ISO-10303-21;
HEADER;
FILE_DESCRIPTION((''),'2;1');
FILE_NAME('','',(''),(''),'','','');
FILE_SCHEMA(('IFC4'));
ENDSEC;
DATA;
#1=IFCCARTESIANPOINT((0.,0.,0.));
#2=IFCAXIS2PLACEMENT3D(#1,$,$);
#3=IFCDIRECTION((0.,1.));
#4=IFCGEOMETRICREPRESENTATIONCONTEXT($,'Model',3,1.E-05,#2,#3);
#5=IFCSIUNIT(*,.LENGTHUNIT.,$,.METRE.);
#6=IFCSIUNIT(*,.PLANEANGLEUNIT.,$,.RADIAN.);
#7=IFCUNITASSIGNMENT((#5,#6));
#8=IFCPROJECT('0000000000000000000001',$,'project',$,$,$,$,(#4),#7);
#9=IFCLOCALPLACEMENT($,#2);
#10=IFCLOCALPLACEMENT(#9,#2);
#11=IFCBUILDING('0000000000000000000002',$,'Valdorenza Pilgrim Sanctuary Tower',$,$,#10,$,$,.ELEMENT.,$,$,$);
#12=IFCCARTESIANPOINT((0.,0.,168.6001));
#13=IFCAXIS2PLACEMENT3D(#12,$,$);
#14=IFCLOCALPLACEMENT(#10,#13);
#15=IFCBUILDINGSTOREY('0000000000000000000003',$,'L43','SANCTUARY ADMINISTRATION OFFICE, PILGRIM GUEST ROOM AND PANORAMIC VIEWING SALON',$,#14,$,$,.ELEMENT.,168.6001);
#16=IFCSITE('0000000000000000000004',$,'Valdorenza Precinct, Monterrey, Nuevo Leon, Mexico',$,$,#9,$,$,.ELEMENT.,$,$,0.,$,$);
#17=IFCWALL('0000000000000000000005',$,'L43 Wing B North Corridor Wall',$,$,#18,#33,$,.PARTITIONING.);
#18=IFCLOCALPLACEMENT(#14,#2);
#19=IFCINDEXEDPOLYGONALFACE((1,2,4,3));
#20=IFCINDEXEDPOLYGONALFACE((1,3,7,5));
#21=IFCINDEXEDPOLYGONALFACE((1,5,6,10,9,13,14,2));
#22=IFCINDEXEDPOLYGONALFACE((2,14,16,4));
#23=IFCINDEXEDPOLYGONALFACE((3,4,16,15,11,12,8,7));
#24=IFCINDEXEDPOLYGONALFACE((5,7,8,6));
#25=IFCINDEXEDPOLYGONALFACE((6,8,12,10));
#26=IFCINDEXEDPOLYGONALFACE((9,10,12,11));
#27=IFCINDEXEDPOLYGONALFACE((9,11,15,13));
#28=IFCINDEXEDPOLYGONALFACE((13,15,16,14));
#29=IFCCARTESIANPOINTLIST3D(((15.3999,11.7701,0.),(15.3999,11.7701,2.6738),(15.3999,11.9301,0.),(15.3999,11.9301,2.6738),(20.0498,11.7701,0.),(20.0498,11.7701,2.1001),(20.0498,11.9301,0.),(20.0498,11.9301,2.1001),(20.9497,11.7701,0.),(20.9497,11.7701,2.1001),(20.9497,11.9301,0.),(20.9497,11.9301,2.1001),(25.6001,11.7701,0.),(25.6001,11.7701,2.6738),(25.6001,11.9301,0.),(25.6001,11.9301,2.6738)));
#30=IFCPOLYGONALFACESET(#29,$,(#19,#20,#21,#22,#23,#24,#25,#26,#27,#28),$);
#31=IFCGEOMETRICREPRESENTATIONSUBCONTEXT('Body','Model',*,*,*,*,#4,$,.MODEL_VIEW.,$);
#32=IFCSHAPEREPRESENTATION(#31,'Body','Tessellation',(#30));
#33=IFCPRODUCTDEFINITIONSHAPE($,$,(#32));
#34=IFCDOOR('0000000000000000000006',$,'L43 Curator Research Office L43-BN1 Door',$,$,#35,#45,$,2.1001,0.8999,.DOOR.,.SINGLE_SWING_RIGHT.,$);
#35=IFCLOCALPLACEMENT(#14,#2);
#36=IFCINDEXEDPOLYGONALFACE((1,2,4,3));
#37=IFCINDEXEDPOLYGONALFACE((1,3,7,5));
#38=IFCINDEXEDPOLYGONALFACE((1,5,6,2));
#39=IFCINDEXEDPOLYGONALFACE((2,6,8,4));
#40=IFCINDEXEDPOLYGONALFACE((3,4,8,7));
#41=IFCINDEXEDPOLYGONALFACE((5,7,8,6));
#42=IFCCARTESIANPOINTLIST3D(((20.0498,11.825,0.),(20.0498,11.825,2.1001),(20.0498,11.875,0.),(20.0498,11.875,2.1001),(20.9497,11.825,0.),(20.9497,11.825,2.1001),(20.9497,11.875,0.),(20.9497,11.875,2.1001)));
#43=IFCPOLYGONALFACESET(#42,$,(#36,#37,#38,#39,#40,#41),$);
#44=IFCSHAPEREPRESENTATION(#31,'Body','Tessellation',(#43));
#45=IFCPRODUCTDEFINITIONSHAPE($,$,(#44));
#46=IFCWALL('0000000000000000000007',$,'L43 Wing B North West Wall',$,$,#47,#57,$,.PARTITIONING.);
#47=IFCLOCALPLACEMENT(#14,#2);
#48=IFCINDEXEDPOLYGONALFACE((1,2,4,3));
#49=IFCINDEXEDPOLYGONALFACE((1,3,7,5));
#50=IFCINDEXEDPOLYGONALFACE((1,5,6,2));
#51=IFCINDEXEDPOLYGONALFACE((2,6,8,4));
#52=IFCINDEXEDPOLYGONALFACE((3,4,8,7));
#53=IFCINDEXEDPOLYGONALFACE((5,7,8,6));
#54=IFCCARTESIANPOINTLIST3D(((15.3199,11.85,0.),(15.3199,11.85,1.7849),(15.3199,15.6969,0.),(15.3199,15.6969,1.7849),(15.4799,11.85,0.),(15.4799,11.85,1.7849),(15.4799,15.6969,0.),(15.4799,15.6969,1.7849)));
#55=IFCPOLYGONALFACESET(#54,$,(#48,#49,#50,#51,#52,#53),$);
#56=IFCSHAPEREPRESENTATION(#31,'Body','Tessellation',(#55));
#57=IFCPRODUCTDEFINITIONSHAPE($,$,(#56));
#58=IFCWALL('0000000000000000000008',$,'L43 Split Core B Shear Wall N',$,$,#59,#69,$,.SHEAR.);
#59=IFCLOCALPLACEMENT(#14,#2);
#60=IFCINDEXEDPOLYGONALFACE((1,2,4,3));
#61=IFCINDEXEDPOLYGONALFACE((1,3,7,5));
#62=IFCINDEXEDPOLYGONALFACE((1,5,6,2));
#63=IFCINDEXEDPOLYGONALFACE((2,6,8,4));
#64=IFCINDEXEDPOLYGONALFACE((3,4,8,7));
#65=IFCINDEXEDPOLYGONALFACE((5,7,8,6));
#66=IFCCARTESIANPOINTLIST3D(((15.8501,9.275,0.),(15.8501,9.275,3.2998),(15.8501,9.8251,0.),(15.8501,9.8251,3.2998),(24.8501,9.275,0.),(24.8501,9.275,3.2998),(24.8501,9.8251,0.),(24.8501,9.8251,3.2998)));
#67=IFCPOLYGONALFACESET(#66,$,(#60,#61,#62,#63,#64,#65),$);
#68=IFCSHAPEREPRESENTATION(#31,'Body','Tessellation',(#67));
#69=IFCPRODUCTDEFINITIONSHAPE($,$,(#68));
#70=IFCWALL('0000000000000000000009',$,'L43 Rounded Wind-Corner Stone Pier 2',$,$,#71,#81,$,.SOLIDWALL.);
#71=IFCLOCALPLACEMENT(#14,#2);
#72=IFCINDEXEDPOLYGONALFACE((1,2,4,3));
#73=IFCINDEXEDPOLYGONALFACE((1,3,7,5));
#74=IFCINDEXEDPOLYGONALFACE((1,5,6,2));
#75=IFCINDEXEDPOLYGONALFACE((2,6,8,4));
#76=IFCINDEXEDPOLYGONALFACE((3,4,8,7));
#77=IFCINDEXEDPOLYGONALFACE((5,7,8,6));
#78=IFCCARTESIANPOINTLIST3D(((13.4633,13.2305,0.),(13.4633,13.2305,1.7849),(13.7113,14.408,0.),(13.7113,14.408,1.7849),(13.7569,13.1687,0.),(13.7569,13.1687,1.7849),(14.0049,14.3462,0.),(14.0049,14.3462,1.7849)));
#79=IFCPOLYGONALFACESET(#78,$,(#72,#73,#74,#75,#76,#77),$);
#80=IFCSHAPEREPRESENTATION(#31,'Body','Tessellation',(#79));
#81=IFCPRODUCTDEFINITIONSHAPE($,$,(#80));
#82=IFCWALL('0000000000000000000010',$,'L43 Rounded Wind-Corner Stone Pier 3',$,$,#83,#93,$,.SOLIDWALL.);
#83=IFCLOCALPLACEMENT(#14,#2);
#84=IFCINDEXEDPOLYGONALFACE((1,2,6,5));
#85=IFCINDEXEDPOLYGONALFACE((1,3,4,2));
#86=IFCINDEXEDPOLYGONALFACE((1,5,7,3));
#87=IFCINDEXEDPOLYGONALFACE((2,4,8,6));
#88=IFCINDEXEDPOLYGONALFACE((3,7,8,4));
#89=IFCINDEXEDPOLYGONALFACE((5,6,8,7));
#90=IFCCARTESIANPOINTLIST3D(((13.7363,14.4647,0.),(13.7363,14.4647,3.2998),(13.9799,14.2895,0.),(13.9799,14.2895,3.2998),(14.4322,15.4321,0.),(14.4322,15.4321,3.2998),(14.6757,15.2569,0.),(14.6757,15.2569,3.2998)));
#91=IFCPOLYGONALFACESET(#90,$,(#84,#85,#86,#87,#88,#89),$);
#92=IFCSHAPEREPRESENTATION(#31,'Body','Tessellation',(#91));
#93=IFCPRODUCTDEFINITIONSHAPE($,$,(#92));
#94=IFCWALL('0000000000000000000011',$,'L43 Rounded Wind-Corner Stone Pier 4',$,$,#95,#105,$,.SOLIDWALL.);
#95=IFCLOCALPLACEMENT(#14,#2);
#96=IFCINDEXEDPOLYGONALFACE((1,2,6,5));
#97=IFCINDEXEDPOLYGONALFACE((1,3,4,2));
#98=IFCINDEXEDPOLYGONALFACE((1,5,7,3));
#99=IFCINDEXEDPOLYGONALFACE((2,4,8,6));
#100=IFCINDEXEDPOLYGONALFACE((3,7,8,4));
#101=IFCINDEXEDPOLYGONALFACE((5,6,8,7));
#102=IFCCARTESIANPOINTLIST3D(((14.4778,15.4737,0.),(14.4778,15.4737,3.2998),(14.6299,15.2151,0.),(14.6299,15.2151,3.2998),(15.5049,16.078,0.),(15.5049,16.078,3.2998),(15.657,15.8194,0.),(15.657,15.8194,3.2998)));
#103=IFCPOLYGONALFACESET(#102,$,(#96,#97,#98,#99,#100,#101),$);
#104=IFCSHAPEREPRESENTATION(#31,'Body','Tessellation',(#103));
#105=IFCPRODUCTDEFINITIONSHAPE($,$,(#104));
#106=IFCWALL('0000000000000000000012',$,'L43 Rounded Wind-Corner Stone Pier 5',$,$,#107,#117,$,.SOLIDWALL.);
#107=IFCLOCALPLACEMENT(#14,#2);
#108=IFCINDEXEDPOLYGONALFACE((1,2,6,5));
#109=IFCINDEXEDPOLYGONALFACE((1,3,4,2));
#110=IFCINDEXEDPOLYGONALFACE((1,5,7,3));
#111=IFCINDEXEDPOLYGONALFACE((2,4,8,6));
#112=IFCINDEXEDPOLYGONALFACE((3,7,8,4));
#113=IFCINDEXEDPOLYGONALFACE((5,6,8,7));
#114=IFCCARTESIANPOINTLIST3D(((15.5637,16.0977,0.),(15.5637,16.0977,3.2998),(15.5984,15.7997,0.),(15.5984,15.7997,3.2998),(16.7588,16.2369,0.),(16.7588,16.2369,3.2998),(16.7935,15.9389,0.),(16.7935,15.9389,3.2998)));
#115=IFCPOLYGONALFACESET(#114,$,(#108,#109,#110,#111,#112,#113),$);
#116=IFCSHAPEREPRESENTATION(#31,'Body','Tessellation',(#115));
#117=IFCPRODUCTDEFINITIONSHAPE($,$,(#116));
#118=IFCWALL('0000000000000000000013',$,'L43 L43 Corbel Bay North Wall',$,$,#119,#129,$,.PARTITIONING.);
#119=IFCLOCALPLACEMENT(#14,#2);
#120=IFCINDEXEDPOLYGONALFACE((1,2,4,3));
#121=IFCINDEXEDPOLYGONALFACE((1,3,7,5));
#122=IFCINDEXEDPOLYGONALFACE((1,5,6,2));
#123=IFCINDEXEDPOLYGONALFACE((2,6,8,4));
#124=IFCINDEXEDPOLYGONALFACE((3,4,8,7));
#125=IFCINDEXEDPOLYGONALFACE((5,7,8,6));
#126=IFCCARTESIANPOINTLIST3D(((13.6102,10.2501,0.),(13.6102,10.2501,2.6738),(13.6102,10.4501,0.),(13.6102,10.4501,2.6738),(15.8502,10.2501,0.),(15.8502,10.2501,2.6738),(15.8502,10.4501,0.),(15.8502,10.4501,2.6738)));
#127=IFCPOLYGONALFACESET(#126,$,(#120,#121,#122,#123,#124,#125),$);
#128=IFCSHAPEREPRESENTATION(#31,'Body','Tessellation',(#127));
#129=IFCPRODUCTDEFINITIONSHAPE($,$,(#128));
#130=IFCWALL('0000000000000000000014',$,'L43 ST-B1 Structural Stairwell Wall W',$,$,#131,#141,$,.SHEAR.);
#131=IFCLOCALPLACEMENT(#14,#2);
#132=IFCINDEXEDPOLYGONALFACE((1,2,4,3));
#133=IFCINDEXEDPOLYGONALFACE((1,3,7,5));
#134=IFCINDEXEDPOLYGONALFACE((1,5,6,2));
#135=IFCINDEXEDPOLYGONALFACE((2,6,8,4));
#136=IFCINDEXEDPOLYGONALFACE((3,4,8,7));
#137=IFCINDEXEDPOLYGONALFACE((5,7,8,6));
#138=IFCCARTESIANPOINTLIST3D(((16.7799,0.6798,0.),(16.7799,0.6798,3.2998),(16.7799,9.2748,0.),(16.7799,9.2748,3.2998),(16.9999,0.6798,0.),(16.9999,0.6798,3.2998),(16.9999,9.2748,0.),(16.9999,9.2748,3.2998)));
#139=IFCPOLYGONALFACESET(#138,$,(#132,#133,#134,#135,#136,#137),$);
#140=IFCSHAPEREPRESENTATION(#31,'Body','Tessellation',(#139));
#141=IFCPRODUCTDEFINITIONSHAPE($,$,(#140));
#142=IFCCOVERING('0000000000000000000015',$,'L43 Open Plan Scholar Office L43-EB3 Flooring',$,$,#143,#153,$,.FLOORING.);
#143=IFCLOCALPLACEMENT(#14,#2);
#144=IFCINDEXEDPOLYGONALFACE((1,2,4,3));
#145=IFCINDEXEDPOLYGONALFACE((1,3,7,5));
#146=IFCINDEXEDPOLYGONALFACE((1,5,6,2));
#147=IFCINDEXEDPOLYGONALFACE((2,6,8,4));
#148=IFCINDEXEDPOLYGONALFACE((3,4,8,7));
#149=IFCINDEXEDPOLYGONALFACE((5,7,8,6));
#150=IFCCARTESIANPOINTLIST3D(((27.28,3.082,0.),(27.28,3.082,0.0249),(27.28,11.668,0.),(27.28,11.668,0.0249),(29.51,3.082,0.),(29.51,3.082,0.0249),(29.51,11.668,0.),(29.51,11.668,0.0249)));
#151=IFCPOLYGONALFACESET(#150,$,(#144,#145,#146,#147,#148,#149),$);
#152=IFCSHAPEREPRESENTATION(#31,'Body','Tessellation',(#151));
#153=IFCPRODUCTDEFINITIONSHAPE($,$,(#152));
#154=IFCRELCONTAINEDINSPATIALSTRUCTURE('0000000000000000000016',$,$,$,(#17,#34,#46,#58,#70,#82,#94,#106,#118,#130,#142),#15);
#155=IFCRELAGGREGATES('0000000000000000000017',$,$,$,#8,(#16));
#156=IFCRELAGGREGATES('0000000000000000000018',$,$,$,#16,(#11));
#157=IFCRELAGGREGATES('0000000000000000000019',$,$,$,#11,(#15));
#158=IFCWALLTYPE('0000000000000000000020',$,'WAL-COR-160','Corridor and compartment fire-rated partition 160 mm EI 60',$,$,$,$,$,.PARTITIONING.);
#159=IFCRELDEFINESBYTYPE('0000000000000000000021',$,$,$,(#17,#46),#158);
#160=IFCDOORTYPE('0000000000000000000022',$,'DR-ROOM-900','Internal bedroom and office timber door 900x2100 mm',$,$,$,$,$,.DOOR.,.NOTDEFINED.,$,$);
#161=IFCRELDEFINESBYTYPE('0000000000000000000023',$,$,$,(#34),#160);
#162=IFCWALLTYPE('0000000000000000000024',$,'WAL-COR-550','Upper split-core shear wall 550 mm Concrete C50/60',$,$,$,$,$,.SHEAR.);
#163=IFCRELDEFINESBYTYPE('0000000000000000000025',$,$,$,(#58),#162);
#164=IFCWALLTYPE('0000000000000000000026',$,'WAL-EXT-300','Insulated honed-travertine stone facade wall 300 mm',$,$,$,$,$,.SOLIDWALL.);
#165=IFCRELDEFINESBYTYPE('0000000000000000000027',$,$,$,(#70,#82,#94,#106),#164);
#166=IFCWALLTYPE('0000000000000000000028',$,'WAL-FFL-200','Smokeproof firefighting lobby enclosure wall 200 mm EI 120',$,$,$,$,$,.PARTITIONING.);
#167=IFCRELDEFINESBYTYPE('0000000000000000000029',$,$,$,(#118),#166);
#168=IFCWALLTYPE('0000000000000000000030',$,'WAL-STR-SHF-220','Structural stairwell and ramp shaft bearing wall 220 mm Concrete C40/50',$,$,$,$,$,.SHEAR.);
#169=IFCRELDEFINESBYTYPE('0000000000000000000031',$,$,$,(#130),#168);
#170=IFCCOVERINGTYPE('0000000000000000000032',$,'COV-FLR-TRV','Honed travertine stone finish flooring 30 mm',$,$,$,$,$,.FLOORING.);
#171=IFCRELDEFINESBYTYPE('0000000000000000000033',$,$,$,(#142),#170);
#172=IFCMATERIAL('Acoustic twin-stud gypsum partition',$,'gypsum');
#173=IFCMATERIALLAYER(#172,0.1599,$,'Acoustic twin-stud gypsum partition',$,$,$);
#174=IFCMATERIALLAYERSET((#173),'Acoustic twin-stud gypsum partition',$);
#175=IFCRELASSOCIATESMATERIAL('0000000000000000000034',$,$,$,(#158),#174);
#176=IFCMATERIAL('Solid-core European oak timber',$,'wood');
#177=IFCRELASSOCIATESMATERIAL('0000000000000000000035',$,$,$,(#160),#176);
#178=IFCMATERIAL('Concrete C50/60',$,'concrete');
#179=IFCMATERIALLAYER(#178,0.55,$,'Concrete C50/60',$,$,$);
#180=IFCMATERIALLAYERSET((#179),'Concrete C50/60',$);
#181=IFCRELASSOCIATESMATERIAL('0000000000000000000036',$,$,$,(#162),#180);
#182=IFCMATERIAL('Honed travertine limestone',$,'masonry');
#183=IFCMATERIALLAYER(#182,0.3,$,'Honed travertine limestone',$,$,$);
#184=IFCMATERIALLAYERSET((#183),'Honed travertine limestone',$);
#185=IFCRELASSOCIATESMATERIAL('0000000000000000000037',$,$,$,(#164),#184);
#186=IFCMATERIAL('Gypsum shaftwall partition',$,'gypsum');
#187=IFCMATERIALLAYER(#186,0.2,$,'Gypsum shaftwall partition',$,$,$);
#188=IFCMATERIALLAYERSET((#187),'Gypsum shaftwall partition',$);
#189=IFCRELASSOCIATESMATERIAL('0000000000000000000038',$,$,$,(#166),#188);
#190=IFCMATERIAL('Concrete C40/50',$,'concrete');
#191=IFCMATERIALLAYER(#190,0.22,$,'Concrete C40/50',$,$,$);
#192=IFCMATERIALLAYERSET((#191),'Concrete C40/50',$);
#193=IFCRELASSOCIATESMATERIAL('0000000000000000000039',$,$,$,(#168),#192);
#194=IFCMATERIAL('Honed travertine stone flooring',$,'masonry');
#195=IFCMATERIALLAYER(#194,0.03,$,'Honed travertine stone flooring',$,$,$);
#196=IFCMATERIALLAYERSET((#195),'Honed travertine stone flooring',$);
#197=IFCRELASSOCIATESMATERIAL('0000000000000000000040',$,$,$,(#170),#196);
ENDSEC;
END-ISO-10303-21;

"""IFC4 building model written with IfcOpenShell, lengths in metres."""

from ifc_helpers import new_model, si_unit, direction, frame, frame_2d, origin, place, context, subcontext, project, spatial, polyline, rectangle, outline, extrude, material, layer, layer_set, type_object, element, fill, save


model = new_model("IFC4")

# Units and contexts
model_context = context("Model", 3, precision=1e-05, world=origin(), true_north=direction((0.0, 1.0)))
body_context = subcontext(model_context, "Body", "Model", "MODEL_VIEW")
ifc_project = project(units=[si_unit("LENGTHUNIT", "METRE"), si_unit("PLANEANGLEUNIT", "RADIAN")], contexts=[model_context])

# Site, building, storey
site_placement = place(None, origin())
site = spatial("IfcSite", under=ifc_project, at=site_placement, Name="Valdorenza Precinct, Monterrey, Nuevo Leon, Mexico", CompositionType="ELEMENT", RefElevation=0.0)
building_placement = place(site_placement, origin())
building = spatial("IfcBuilding", under=site, at=building_placement, Name="Valdorenza Pilgrim Sanctuary Tower", CompositionType="ELEMENT")
storey_placement = place(building_placement, frame((0.0, 0.0, 168.6001)))
storey = spatial("IfcBuildingStorey", under=building, at=storey_placement, Name="L43", Description="SANCTUARY ADMINISTRATION OFFICE, PILGRIM GUEST ROOM AND PANORAMIC VIEWING SALON", CompositionType="ELEMENT", Elevation=168.6001)

# Shared definitions
ifc_material_1 = material(Name="Concrete C50/60", Category="concrete")

# Shared definitions
ifc_material_2 = material(Name="Honed travertine limestone", Category="masonry")

# Wall, opening, door
ifc_material_3 = material(Name="Acoustic twin-stud gypsum partition", Category="gypsum")
ifc_layer_1 = layer(ifc_material_3, 0.1599, Name="Acoustic twin-stud gypsum partition")
ifc_layer_set_1 = layer_set([ifc_layer_1], Name="Acoustic twin-stud gypsum partition")
wall_type_1 = type_object("IfcWallType", Name="WAL-COR-160", Description="Corridor and compartment fire-rated partition 160 mm EI 60", PredefinedType="PARTITIONING", material=ifc_layer_set_1)
wall_1_placement = place(storey_placement, frame((15.3999, 11.8501, 0.0), z_axis=(0.0, 0.0, 1.0), x_axis=(1.0, 0.0, 0.0)))
wall_1 = element("IfcWall", 1, at=wall_1_placement, inside=storey, type_object=wall_type_1, Name="L43 Wing B North Corridor Wall", PredefinedType="PARTITIONING", context=body_context, shape_type="SweptSolid", body=[
    extrude(rectangle(XDim=10.2002, YDim=0.1599, at=frame_2d((5.1001, 0.0))), origin(), (0.0, 0.0, 1.0), 2.6738),
])
opening_placement = place(wall_1_placement, frame((4.6499, 0.0, 0.0)))
opening = element("IfcOpeningElement", 2, at=opening_placement, cuts=wall_1, PredefinedType="OPENING", context=body_context, shape_type="SweptSolid", body=[
    extrude(rectangle(XDim=0.8999, YDim=2.1001, at=frame_2d((0.45, 1.05))), frame((0.0, 0.0947, 0.0), z_axis=(0.0, -1.0, 0.0), x_axis=(1.0, 0.0, 0.0)), (0.0, 0.0, 1.0), 0.1897),
])
ifc_material_4 = material(Name="Solid-core European oak timber", Category="wood")
door_type = type_object("IfcDoorType", Name="DR-ROOM-900", Description="Internal bedroom and office timber door 900x2100 mm", OperationType="NOTDEFINED", PredefinedType="DOOR", material=ifc_material_4)
door_placement = place(opening_placement, origin())
door = element("IfcDoor", 3, at=door_placement, inside=storey, type_object=door_type, Name="L43 Curator Research Office L43-BN1 Door", OperationType="SINGLE_SWING_RIGHT", OverallHeight=2.1001, OverallWidth=0.8999, PredefinedType="DOOR", context=body_context, shape_type="SweptSolid", body=[
    extrude(rectangle(XDim=0.8999, YDim=2.1001, at=frame_2d((0.45, 1.05))), frame((0.0, 0.0249, 0.0), z_axis=(0.0, -1.0, 0.0), x_axis=(1.0, 0.0, 0.0)), (0.0, 0.0, 1.0), 0.05),
])
fill(opening, door)

# Walls
wall_2_placement = place(storey_placement, frame((15.3999, 11.8501, 0.0), z_axis=(0.0, 0.0, 1.0), x_axis=(0.0, 1.0, 0.0)))
element("IfcWall", 4, at=wall_2_placement, inside=storey, type_object=wall_type_1, Name="L43 Wing B North West Wall", PredefinedType="PARTITIONING", context=body_context, shape_type="SweptSolid", body=[
    extrude(rectangle(XDim=3.8469, YDim=0.1599, at=frame_2d((1.9233, 0.0))), origin(), (0.0, 0.0, 1.0), 1.7849),
])
ifc_layer_2 = layer(ifc_material_1, 0.55, Name="Concrete C50/60")
ifc_layer_set_2 = layer_set([ifc_layer_2], Name="Concrete C50/60")
wall_type_2 = type_object("IfcWallType", Name="WAL-COR-550", Description="Upper split-core shear wall 550 mm Concrete C50/60", PredefinedType="SHEAR", material=ifc_layer_set_2)
wall_3_placement = place(storey_placement, frame((15.8501, 9.55, 0.0), z_axis=(0.0, 0.0, 1.0), x_axis=(1.0, 0.0, 0.0)))
element("IfcWall", 5, at=wall_3_placement, inside=storey, type_object=wall_type_2, Name="L43 Split Core B Shear Wall N", PredefinedType="SHEAR", context=body_context, shape_type="SweptSolid", body=[
    extrude(rectangle(XDim=9.0, YDim=0.55, at=frame_2d((4.5, 0.0))), origin(), (0.0, 0.0, 1.0), 3.2998),
])
ifc_layer_3 = layer(ifc_material_2, 0.3, Name="Honed travertine limestone")
ifc_layer_set_3 = layer_set([ifc_layer_3], Name="Honed travertine limestone")
wall_type_3 = type_object("IfcWallType", Name="WAL-EXT-300", Description="Insulated honed-travertine stone facade wall 300 mm", PredefinedType="SOLIDWALL", material=ifc_layer_set_3)
wall_4_placement = place(storey_placement, frame((13.6101, 13.1997, 0.0), z_axis=(0.0, 0.0, 1.0), x_axis=(0.206133, 0.978524, 0.0)))
element("IfcWall", 6, at=wall_4_placement, inside=storey, type_object=wall_type_3, Name="L43 Rounded Wind-Corner Stone Pier 2", PredefinedType="SOLIDWALL", context=body_context, shape_type="SweptSolid", body=[
    extrude(rectangle(XDim=1.2034, YDim=0.3, at=frame_2d((0.6016, 0.0))), origin(), (0.0, 0.0, 1.0), 1.7849),
])
for number, where, z_axis, x_axis, name in (
    (7, (13.8582, 14.3772, 0.0), (0.0, 0.0, 1.0), (0.583948, 0.811791, 0.0), "L43 Rounded Wind-Corner Stone Pier 3"),
    (8, (14.554, 15.3445, 0.0), (0.0, 0.0, 1.0), (0.861908, 0.507065, 0.0), "L43 Rounded Wind-Corner Stone Pier 4"),
):
    element("IfcWall", number, at=place(storey_placement, frame(where, z_axis=z_axis, x_axis=x_axis)), inside=storey, type_object=wall_type_3, Name=name, PredefinedType="SOLIDWALL", context=body_context, shape_type="SweptSolid", body=[
        extrude(rectangle(XDim=1.1917, YDim=0.3, at=frame_2d((0.5957, 0.0))), origin(), (0.0, 0.0, 1.0), 3.2998),
    ])
wall_5_placement = place(storey_placement, frame((15.5811, 15.9487, 0.0), z_axis=(0.0, 0.0, 1.0), x_axis=(0.993288, 0.115664, 0.0)))
element("IfcWall", 9, at=wall_5_placement, inside=storey, type_object=wall_type_3, Name="L43 Rounded Wind-Corner Stone Pier 5", PredefinedType="SOLIDWALL", context=body_context, shape_type="SweptSolid", body=[
    extrude(rectangle(XDim=1.2031, YDim=0.3, at=frame_2d((0.6016, 0.0))), origin(), (0.0, 0.0, 1.0), 3.2998),
])
ifc_material_5 = material(Name="Gypsum shaftwall partition", Category="gypsum")
ifc_layer_4 = layer(ifc_material_5, 0.2, Name="Gypsum shaftwall partition")
ifc_layer_set_4 = layer_set([ifc_layer_4], Name="Gypsum shaftwall partition")
wall_type_4 = type_object("IfcWallType", Name="WAL-FFL-200", Description="Smokeproof firefighting lobby enclosure wall 200 mm EI 120", PredefinedType="PARTITIONING", material=ifc_layer_set_4)
wall_6_placement = place(storey_placement, frame((13.6101, 10.3501, 0.0), z_axis=(0.0, 0.0, 1.0), x_axis=(1.0, 0.0, 0.0)))
element("IfcWall", 10, at=wall_6_placement, inside=storey, type_object=wall_type_4, Name="L43 L43 Corbel Bay North Wall", PredefinedType="PARTITIONING", context=body_context, shape_type="SweptSolid", body=[
    extrude(rectangle(XDim=2.24, YDim=0.2, at=frame_2d((1.1201, 0.0))), origin(), (0.0, 0.0, 1.0), 2.6738),
])
ifc_material_6 = material(Name="Concrete C40/50", Category="concrete")
ifc_layer_5 = layer(ifc_material_6, 0.22, Name="Concrete C40/50")
ifc_layer_set_5 = layer_set([ifc_layer_5], Name="Concrete C40/50")
wall_type_5 = type_object("IfcWallType", Name="WAL-STR-SHF-220", Description="Structural stairwell and ramp shaft bearing wall 220 mm Concrete C40/50", PredefinedType="SHEAR", material=ifc_layer_set_5)
wall_7_placement = place(storey_placement, frame((16.8899, 0.6799, 0.0), z_axis=(0.0, 0.0, 1.0), x_axis=(0.0, 1.0, 0.0)))
element("IfcWall", 11, at=wall_7_placement, inside=storey, type_object=wall_type_5, Name="L43 ST-B1 Structural Stairwell Wall W", PredefinedType="SHEAR", context=body_context, shape_type="SweptSolid", body=[
    extrude(rectangle(XDim=8.595, YDim=0.22, at=frame_2d((4.2974, 0.0))), origin(), (0.0, 0.0, 1.0), 3.2998),
])

# Covering
ifc_material_7 = material(Name="Honed travertine stone flooring", Category="masonry")
ifc_layer_6 = layer(ifc_material_7, 0.03, Name="Honed travertine stone flooring")
ifc_layer_set_6 = layer_set([ifc_layer_6], Name="Honed travertine stone flooring")
covering_type = type_object("IfcCoveringType", Name="COV-FLR-TRV", Description="Honed travertine stone finish flooring 30 mm", PredefinedType="FLOORING", material=ifc_layer_set_6)
covering_placement = place(storey_placement, origin())
element("IfcCovering", 12, at=covering_placement, inside=storey, type_object=covering_type, Name="L43 Open Plan Scholar Office L43-EB3 Flooring", PredefinedType="FLOORING", context=body_context, shape_type="SweptSolid", body=[
    extrude(outline(polyline([(27.28, 11.668), (29.51, 11.668), (29.51, 3.082), (27.28, 3.082), (27.28, 11.668)])), origin(), (0.0, 0.0, 1.0), 0.0249),
])

save(model, "model.ifc")
